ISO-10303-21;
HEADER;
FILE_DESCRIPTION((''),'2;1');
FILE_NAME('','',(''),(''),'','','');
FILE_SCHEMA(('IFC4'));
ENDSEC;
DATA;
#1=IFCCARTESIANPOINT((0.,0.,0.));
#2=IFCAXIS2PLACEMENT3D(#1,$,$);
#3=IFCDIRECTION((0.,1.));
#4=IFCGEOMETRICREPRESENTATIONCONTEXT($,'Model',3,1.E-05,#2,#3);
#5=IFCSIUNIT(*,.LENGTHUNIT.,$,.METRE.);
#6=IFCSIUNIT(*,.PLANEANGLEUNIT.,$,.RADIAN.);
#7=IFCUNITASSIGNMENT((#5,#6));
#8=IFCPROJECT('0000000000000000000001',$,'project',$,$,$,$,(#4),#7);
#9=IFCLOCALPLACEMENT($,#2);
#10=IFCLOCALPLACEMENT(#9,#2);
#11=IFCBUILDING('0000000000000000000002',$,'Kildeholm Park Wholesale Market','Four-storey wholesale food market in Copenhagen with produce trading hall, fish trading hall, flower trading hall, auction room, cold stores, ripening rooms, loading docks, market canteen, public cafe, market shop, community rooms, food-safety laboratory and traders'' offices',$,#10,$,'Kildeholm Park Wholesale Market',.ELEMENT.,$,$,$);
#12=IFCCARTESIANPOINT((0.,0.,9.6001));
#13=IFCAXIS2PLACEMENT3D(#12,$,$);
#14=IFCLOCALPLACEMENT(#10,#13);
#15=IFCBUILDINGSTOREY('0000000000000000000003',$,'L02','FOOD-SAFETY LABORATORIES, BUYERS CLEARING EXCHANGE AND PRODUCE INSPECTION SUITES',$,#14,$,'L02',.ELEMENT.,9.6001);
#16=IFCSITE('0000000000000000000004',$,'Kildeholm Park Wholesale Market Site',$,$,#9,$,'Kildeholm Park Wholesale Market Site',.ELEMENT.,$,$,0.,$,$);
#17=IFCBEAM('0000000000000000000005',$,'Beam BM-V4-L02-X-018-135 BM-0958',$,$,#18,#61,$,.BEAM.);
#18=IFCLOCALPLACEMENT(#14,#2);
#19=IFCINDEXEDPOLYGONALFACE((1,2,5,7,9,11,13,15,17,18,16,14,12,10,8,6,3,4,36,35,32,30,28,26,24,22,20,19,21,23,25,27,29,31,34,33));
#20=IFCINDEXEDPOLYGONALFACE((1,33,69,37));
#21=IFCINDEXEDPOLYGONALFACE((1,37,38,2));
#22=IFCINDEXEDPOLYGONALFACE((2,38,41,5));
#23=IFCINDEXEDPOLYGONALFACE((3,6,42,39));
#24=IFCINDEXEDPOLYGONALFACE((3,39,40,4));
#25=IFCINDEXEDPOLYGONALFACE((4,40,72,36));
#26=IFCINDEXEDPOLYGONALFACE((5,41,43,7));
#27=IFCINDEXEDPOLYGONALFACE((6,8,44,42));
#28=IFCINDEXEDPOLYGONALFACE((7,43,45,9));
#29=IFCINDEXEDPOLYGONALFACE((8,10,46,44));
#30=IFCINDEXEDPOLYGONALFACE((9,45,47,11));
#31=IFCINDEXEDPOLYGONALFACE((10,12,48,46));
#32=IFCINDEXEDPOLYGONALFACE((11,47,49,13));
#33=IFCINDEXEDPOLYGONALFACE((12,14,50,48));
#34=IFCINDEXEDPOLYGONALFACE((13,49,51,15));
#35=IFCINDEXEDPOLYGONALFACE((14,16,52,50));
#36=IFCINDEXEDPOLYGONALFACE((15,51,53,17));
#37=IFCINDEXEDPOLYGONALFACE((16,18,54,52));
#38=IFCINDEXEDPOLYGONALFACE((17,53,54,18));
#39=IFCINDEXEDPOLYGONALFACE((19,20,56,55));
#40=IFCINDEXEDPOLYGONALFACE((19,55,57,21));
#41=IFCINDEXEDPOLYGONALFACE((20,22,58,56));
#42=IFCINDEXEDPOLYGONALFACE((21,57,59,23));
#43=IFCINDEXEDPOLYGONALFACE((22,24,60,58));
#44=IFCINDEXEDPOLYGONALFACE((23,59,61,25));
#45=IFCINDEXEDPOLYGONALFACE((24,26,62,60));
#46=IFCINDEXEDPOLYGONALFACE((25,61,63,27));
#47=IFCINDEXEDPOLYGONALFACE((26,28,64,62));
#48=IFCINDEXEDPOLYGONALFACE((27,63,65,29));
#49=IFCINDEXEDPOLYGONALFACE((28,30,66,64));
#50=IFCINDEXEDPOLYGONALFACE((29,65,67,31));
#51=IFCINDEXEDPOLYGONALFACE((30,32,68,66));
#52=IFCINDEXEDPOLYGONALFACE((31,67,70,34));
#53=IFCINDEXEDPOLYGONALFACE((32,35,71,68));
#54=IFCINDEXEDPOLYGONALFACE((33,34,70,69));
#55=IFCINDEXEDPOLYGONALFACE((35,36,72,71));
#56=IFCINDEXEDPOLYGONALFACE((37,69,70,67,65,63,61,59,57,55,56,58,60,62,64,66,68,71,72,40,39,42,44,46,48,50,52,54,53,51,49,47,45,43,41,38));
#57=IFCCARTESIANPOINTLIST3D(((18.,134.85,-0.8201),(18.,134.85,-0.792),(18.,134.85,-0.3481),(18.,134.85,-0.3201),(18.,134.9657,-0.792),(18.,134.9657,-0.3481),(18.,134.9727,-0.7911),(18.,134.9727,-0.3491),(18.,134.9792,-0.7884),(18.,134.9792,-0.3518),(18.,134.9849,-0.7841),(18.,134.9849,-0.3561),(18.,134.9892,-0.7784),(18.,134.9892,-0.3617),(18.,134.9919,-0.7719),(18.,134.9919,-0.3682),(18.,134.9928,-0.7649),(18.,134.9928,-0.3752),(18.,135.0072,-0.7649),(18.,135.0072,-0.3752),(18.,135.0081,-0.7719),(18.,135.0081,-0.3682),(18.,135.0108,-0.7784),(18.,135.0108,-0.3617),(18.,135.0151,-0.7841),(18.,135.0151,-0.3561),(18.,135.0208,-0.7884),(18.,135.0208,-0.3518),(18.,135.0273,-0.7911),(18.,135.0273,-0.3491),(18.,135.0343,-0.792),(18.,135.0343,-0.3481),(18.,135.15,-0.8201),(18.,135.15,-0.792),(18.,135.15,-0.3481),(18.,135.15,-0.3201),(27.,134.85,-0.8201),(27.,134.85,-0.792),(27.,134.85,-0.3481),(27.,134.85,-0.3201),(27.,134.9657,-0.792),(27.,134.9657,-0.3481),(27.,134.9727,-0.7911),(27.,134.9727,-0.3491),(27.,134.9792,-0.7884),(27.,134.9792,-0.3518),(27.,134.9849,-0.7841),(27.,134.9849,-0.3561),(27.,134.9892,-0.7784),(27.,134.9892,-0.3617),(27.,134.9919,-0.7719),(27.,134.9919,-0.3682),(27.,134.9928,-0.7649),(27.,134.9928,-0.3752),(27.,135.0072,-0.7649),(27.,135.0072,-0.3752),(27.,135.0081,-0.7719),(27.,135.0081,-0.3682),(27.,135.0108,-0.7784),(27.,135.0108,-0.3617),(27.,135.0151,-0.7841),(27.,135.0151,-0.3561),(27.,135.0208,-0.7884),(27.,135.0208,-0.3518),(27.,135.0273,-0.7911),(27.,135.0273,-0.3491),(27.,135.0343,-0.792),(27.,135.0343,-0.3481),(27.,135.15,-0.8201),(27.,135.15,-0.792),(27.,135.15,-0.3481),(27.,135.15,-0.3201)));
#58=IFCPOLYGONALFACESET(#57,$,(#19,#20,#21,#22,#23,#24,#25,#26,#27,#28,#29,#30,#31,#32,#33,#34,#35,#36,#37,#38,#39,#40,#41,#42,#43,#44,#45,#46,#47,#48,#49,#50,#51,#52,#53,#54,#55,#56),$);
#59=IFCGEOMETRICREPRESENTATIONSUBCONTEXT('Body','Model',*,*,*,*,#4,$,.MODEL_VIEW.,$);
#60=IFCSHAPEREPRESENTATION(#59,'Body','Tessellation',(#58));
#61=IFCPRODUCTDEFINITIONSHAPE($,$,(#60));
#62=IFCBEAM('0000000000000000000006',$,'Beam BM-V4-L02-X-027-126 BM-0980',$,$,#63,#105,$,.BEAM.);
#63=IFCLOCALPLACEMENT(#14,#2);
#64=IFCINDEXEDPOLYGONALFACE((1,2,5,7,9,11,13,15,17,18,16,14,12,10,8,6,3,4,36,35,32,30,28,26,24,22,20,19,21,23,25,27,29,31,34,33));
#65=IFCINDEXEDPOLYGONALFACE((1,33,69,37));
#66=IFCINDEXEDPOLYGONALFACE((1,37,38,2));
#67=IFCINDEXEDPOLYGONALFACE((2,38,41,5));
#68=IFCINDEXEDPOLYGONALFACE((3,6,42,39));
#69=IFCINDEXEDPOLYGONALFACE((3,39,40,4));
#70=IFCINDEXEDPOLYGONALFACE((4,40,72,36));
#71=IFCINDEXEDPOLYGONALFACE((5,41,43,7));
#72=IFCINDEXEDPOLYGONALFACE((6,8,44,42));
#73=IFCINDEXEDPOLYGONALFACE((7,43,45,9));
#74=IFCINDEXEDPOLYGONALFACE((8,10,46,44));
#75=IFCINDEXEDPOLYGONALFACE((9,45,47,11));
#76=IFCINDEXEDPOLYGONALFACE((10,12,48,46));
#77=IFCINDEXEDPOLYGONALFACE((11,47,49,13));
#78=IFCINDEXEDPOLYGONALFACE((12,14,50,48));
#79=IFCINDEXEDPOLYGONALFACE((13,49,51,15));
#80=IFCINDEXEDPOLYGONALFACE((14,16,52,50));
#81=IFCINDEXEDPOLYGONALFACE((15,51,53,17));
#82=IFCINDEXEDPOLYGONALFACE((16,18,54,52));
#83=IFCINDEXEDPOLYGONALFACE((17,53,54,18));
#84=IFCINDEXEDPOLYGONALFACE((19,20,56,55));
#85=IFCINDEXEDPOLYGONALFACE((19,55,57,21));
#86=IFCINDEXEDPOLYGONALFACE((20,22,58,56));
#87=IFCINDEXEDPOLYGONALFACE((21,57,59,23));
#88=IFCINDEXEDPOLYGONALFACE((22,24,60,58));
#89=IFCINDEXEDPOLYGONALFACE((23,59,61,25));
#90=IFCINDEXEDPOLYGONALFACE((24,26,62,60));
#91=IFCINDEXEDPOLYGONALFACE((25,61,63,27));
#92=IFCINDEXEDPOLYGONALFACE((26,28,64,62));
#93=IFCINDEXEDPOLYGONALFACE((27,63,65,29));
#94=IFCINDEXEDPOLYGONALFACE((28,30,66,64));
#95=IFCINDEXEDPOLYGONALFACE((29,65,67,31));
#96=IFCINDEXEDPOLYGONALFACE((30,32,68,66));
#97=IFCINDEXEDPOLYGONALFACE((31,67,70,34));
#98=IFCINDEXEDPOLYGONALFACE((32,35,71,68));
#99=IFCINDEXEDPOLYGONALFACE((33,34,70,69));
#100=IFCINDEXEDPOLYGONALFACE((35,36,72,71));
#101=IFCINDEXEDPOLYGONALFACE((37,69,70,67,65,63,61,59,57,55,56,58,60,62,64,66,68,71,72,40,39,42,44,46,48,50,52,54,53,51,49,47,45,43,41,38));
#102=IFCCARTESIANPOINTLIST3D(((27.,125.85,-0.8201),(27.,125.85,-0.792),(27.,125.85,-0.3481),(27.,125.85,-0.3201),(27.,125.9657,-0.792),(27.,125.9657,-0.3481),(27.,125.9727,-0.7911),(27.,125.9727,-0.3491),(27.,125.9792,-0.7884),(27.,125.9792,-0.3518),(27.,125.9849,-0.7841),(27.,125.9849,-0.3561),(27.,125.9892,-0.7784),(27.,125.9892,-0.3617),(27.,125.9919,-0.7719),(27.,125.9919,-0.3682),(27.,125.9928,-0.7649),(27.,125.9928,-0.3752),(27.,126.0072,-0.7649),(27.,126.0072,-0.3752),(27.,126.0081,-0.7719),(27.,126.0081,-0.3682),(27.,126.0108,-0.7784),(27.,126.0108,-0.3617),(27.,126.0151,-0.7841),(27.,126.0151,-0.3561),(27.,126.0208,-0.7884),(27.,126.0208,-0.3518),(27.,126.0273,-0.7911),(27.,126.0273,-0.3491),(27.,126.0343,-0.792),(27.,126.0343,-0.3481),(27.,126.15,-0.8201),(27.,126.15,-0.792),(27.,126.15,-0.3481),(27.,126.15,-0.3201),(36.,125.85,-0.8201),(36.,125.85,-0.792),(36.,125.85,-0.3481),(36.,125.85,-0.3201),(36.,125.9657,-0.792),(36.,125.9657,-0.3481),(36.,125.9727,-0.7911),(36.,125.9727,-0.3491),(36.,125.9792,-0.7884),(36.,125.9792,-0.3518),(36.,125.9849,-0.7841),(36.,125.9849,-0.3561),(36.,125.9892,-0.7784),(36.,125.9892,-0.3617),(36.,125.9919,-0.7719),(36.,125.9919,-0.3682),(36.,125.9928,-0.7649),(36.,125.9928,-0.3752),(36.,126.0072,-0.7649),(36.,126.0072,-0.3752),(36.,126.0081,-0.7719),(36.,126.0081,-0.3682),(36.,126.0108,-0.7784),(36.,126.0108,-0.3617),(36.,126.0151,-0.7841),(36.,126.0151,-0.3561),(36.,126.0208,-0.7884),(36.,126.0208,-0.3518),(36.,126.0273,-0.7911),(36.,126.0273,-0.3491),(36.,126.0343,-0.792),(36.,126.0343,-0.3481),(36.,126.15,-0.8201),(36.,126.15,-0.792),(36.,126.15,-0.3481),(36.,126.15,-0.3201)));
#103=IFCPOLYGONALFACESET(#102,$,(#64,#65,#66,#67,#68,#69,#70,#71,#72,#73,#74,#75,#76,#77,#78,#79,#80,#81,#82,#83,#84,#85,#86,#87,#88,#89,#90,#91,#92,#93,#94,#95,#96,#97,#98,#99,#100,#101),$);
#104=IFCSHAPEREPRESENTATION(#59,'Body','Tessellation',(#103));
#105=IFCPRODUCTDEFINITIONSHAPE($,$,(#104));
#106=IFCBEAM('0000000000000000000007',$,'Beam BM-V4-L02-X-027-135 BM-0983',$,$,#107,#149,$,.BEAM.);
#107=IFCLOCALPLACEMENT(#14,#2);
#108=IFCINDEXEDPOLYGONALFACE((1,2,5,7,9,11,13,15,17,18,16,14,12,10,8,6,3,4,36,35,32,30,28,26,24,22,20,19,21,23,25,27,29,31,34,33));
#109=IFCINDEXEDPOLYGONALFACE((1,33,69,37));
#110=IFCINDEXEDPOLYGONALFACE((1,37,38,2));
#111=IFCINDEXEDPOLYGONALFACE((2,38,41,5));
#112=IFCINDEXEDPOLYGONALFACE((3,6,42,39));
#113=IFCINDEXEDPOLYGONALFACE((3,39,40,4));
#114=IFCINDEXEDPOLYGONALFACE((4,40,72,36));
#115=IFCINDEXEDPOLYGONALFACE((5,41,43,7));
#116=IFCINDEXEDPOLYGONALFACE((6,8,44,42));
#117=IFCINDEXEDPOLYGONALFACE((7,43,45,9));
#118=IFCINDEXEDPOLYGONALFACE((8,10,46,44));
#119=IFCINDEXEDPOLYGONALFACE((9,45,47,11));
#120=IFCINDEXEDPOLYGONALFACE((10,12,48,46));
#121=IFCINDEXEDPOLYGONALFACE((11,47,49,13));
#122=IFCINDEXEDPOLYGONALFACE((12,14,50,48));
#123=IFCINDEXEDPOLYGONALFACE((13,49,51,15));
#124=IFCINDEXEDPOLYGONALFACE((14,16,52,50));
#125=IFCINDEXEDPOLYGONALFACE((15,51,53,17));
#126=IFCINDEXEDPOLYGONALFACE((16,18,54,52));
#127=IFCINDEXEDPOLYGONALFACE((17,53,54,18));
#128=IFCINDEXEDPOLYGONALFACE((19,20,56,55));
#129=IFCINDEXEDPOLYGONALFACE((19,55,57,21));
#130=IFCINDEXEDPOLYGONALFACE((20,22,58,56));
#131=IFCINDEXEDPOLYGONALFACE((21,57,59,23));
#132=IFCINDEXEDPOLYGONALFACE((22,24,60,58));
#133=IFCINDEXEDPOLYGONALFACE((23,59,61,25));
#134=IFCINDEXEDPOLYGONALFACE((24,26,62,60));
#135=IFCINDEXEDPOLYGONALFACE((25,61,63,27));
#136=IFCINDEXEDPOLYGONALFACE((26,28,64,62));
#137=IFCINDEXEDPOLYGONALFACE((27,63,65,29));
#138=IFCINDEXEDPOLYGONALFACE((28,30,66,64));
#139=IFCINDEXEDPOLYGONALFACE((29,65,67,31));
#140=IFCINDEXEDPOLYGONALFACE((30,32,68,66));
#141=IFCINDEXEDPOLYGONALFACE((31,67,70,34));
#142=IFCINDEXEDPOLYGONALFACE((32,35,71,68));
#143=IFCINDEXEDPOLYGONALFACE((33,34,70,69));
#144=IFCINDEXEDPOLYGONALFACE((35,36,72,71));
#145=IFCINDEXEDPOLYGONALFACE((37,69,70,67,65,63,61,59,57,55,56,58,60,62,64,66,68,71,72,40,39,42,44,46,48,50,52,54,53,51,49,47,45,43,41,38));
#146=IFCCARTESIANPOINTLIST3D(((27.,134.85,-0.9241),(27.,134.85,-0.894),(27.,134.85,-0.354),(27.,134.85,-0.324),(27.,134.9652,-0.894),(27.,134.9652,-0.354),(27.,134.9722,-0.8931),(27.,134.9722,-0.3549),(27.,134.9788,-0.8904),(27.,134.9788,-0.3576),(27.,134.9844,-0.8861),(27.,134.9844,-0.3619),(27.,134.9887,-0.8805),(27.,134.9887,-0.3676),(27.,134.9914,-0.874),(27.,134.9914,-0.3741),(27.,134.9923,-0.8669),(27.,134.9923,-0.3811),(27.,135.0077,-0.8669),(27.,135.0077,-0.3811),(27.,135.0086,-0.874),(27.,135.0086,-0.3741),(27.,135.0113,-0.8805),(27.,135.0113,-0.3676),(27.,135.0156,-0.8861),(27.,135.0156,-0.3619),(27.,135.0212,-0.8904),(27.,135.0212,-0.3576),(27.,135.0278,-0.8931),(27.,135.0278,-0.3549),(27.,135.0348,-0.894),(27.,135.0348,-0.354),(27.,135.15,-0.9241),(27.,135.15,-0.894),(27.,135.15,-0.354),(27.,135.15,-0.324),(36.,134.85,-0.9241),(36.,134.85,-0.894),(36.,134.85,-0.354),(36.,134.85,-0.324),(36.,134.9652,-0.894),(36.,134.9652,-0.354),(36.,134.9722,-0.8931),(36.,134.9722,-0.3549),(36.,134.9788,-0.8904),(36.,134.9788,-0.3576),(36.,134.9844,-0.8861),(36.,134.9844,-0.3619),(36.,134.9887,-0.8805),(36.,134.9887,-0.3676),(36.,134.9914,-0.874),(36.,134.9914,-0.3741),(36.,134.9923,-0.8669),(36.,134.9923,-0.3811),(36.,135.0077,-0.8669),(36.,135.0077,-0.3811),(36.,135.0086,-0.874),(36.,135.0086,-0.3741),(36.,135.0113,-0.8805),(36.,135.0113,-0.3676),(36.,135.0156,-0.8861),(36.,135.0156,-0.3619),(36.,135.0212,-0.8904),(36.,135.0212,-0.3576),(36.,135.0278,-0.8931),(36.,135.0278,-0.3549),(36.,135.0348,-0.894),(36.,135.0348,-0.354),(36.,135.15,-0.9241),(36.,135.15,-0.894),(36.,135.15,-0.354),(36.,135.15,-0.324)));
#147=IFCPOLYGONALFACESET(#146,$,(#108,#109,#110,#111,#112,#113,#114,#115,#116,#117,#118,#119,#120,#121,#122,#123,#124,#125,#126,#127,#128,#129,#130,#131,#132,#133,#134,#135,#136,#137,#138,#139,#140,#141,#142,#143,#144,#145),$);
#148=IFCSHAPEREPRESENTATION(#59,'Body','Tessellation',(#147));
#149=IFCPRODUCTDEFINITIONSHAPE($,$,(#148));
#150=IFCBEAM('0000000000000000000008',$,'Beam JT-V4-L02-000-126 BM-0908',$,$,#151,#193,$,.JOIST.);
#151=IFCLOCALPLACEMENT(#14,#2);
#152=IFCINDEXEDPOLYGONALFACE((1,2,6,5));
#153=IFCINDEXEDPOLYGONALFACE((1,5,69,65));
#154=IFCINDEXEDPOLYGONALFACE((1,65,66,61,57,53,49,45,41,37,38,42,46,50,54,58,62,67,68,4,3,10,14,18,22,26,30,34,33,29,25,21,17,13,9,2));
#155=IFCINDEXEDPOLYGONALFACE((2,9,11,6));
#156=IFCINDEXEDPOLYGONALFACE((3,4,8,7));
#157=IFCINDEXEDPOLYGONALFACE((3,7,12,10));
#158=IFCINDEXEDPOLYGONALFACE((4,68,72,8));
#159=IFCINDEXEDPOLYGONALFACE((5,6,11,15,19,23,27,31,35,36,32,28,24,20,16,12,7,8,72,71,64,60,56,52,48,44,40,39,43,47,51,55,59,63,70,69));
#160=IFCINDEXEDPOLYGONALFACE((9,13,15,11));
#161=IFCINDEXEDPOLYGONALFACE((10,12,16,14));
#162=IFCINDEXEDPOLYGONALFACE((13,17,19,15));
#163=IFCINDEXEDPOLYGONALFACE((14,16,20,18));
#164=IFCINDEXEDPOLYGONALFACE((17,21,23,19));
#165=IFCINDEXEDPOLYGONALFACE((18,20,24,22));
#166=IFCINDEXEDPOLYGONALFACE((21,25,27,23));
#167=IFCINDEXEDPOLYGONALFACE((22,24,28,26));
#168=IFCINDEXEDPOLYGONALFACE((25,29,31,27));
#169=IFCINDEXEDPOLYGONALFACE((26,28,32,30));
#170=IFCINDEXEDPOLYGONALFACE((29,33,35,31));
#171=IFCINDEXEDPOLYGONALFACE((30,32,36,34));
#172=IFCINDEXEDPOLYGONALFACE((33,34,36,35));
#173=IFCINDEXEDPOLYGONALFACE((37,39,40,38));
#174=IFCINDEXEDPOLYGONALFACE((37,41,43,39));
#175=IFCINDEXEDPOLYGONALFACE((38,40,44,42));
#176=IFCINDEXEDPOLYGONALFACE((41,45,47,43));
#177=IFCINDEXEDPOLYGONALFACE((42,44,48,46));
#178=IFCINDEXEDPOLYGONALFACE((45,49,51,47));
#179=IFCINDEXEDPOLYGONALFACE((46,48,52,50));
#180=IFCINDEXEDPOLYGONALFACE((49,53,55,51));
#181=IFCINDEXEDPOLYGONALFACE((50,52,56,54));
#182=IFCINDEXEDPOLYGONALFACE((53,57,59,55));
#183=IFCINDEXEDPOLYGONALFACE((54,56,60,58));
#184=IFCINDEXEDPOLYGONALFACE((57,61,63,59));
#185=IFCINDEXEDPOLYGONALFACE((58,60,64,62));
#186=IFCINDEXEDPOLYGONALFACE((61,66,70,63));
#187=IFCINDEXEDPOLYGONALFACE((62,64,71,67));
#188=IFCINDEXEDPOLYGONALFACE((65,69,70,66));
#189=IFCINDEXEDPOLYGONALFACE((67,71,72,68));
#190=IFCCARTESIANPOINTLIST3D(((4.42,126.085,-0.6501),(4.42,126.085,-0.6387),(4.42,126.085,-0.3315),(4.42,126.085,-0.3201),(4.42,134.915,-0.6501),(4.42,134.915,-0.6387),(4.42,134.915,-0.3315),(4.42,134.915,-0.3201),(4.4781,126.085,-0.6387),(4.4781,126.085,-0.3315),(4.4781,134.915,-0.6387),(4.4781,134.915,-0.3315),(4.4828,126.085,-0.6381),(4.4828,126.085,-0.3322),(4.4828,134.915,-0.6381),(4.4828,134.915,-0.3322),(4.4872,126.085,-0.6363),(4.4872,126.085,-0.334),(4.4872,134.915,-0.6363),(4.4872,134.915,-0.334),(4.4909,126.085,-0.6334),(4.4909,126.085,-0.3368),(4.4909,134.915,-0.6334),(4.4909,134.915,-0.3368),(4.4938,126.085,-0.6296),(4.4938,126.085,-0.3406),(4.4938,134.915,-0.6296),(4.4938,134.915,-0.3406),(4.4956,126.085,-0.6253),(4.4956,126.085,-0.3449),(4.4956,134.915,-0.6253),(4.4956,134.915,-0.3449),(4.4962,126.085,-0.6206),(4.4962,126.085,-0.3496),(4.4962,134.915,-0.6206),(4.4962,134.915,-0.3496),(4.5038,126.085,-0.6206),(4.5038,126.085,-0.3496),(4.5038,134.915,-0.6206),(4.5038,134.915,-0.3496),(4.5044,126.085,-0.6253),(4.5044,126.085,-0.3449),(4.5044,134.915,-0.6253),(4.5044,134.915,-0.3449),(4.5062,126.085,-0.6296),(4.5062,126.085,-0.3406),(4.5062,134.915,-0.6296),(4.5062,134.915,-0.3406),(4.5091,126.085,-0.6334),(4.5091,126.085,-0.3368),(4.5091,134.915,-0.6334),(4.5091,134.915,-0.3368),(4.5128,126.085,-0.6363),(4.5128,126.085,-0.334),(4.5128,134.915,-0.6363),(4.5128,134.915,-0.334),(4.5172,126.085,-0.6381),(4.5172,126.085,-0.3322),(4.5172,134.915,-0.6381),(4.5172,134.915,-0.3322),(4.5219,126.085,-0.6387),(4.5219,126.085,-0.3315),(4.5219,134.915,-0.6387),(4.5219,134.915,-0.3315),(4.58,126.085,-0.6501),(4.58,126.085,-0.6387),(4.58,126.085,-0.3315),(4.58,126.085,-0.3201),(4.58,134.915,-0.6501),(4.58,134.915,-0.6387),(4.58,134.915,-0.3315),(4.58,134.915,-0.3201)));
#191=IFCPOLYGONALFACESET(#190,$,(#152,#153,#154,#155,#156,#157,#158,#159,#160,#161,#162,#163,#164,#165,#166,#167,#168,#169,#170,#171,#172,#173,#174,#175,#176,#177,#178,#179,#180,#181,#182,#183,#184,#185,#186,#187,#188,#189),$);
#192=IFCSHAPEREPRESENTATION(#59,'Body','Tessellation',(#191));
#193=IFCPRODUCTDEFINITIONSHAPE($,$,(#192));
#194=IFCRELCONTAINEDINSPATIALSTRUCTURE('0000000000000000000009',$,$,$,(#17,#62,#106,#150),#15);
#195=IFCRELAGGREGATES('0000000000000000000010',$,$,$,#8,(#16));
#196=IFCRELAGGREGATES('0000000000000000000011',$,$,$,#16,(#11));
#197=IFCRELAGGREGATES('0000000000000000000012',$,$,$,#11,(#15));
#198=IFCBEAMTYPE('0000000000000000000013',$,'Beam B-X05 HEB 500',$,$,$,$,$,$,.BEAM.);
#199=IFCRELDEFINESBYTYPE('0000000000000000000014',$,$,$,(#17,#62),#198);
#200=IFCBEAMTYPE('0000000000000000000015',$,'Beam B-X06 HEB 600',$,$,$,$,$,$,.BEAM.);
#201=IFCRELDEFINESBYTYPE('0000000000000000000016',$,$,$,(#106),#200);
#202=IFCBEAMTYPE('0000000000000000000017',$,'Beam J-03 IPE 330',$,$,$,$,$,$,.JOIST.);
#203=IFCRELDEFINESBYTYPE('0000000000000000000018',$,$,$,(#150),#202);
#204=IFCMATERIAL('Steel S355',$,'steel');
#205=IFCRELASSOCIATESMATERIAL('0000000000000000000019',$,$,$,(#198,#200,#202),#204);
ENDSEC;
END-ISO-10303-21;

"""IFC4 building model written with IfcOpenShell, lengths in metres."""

from ifc_helpers import new_model, si_unit, direction, frame, origin, origin_2d, place, context, subcontext, project, spatial, i_section, extrude, material, material_profile, profile_set, type_object, element, save


model = new_model("IFC4")

# Units and contexts
model_context = context("Model", 3, precision=1e-05, world=origin(), true_north=direction((0.0, 1.0)))
body_context = subcontext(model_context, "Body", "Model", "MODEL_VIEW")
ifc_project = project(units=[si_unit("LENGTHUNIT", "METRE"), si_unit("PLANEANGLEUNIT", "RADIAN")], contexts=[model_context])

# Site, building, storey
site_placement = place(None, origin())
site = spatial("IfcSite", under=ifc_project, at=site_placement, Name="Kildeholm Park Wholesale Market Site", LongName="Kildeholm Park Wholesale Market Site", CompositionType="ELEMENT", RefElevation=0.0)
building_placement = place(site_placement, origin())
building = spatial("IfcBuilding", under=site, at=building_placement, Name="Kildeholm Park Wholesale Market", Description="Four-storey wholesale food market in Copenhagen with produce trading hall, fish trading hall, flower trading hall, auction room, cold stores, ripening rooms, loading docks, market canteen, public cafe, market shop, community rooms, food-safety laboratory and traders' offices", LongName="Kildeholm Park Wholesale Market", CompositionType="ELEMENT")
storey_placement = place(building_placement, frame((0.0, 0.0, 9.6001)))
storey = spatial("IfcBuildingStorey", under=building, at=storey_placement, Name="L02", Description="FOOD-SAFETY LABORATORIES, BUYERS CLEARING EXCHANGE AND PRODUCE INSPECTION SUITES", LongName="L02", CompositionType="ELEMENT", Elevation=9.6001)

# Beams
ifc_material_1 = material(Name="Steel S355", Category="steel")
ifc_material_profile_1 = material_profile(ifc_material_1, i_section(OverallWidth=0.3, OverallDepth=0.5, WebThickness=0.0144, FlangeThickness=0.0281, FilletRadius=0.0271, at=origin_2d()), Name="HEB 500")
ifc_profile_set_1 = profile_set([ifc_material_profile_1], Name="Steel S355")
beam_type_1 = type_object("IfcBeamType", Name="Beam B-X05 HEB 500", PredefinedType="BEAM", material=ifc_profile_set_1)
for number, where, z_axis, x_axis, name in (
    (1, (18.0, 135.0, -0.5701), (1.0, 0.0, 0.0), (0.0, 1.0, 0.0), "Beam BM-V4-L02-X-018-135 BM-0958"),
    (2, (27.0, 126.0, -0.5701), (1.0, 0.0, 0.0), (0.0, 1.0, 0.0), "Beam BM-V4-L02-X-027-126 BM-0980"),
):
    element("IfcBeam", number, at=place(storey_placement, frame(where, z_axis=z_axis, x_axis=x_axis)), inside=storey, type_object=beam_type_1, Name=name, PredefinedType="BEAM", context=body_context, shape_type="SweptSolid", body=[
        extrude(i_section(OverallWidth=0.3, OverallDepth=0.5, WebThickness=0.0144, FlangeThickness=0.0281, FilletRadius=0.0271, at=origin_2d()), origin(), (0.0, 0.0, 1.0), 9.0),
    ])
ifc_material_profile_2 = material_profile(ifc_material_1, i_section(OverallWidth=0.3, OverallDepth=0.6001, WebThickness=0.0154, FlangeThickness=0.03, FilletRadius=0.0271, at=origin_2d()), Name="HEB 600")
ifc_profile_set_2 = profile_set([ifc_material_profile_2], Name="Steel S355")
beam_type_2 = type_object("IfcBeamType", Name="Beam B-X06 HEB 600", PredefinedType="BEAM", material=ifc_profile_set_2)
beam_1_placement = place(storey_placement, frame((27.0, 135.0, -0.624), z_axis=(1.0, 0.0, 0.0), x_axis=(0.0, 1.0, 0.0)))
element("IfcBeam", 3, at=beam_1_placement, inside=storey, type_object=beam_type_2, Name="Beam BM-V4-L02-X-027-135 BM-0983", PredefinedType="BEAM", context=body_context, shape_type="SweptSolid", body=[
    extrude(i_section(OverallWidth=0.3, OverallDepth=0.6001, WebThickness=0.0154, FlangeThickness=0.03, FilletRadius=0.0271, at=origin_2d()), origin(), (0.0, 0.0, 1.0), 9.0),
])
ifc_material_profile_3 = material_profile(ifc_material_1, i_section(OverallWidth=0.1599, OverallDepth=0.3301, WebThickness=0.0076, FlangeThickness=0.0115, FilletRadius=0.0181, at=origin_2d()), Name="IPE 330")
ifc_profile_set_3 = profile_set([ifc_material_profile_3], Name="Steel S355")
beam_type_3 = type_object("IfcBeamType", Name="Beam J-03 IPE 330", PredefinedType="JOIST", material=ifc_profile_set_3)
for number, where, z_axis, x_axis, name in (
    (4, (4.5, 126.085, -0.4851), (0.0, 1.0, 0.0), (-1.0, 0.0, 0.0), "Beam JT-V4-L02-000-126 BM-0908"),
):
    element("IfcBeam", number, at=place(storey_placement, frame(where, z_axis=z_axis, x_axis=x_axis)), inside=storey, type_object=beam_type_3, Name=name, PredefinedType="JOIST", context=body_context, shape_type="SweptSolid", body=[
        extrude(i_section(OverallWidth=0.1599, OverallDepth=0.3301, WebThickness=0.0076, FlangeThickness=0.0115, FilletRadius=0.0181, at=origin_2d()), origin(), (0.0, 0.0, 1.0), 8.8301),
    ])

save(model, "model.ifc")
